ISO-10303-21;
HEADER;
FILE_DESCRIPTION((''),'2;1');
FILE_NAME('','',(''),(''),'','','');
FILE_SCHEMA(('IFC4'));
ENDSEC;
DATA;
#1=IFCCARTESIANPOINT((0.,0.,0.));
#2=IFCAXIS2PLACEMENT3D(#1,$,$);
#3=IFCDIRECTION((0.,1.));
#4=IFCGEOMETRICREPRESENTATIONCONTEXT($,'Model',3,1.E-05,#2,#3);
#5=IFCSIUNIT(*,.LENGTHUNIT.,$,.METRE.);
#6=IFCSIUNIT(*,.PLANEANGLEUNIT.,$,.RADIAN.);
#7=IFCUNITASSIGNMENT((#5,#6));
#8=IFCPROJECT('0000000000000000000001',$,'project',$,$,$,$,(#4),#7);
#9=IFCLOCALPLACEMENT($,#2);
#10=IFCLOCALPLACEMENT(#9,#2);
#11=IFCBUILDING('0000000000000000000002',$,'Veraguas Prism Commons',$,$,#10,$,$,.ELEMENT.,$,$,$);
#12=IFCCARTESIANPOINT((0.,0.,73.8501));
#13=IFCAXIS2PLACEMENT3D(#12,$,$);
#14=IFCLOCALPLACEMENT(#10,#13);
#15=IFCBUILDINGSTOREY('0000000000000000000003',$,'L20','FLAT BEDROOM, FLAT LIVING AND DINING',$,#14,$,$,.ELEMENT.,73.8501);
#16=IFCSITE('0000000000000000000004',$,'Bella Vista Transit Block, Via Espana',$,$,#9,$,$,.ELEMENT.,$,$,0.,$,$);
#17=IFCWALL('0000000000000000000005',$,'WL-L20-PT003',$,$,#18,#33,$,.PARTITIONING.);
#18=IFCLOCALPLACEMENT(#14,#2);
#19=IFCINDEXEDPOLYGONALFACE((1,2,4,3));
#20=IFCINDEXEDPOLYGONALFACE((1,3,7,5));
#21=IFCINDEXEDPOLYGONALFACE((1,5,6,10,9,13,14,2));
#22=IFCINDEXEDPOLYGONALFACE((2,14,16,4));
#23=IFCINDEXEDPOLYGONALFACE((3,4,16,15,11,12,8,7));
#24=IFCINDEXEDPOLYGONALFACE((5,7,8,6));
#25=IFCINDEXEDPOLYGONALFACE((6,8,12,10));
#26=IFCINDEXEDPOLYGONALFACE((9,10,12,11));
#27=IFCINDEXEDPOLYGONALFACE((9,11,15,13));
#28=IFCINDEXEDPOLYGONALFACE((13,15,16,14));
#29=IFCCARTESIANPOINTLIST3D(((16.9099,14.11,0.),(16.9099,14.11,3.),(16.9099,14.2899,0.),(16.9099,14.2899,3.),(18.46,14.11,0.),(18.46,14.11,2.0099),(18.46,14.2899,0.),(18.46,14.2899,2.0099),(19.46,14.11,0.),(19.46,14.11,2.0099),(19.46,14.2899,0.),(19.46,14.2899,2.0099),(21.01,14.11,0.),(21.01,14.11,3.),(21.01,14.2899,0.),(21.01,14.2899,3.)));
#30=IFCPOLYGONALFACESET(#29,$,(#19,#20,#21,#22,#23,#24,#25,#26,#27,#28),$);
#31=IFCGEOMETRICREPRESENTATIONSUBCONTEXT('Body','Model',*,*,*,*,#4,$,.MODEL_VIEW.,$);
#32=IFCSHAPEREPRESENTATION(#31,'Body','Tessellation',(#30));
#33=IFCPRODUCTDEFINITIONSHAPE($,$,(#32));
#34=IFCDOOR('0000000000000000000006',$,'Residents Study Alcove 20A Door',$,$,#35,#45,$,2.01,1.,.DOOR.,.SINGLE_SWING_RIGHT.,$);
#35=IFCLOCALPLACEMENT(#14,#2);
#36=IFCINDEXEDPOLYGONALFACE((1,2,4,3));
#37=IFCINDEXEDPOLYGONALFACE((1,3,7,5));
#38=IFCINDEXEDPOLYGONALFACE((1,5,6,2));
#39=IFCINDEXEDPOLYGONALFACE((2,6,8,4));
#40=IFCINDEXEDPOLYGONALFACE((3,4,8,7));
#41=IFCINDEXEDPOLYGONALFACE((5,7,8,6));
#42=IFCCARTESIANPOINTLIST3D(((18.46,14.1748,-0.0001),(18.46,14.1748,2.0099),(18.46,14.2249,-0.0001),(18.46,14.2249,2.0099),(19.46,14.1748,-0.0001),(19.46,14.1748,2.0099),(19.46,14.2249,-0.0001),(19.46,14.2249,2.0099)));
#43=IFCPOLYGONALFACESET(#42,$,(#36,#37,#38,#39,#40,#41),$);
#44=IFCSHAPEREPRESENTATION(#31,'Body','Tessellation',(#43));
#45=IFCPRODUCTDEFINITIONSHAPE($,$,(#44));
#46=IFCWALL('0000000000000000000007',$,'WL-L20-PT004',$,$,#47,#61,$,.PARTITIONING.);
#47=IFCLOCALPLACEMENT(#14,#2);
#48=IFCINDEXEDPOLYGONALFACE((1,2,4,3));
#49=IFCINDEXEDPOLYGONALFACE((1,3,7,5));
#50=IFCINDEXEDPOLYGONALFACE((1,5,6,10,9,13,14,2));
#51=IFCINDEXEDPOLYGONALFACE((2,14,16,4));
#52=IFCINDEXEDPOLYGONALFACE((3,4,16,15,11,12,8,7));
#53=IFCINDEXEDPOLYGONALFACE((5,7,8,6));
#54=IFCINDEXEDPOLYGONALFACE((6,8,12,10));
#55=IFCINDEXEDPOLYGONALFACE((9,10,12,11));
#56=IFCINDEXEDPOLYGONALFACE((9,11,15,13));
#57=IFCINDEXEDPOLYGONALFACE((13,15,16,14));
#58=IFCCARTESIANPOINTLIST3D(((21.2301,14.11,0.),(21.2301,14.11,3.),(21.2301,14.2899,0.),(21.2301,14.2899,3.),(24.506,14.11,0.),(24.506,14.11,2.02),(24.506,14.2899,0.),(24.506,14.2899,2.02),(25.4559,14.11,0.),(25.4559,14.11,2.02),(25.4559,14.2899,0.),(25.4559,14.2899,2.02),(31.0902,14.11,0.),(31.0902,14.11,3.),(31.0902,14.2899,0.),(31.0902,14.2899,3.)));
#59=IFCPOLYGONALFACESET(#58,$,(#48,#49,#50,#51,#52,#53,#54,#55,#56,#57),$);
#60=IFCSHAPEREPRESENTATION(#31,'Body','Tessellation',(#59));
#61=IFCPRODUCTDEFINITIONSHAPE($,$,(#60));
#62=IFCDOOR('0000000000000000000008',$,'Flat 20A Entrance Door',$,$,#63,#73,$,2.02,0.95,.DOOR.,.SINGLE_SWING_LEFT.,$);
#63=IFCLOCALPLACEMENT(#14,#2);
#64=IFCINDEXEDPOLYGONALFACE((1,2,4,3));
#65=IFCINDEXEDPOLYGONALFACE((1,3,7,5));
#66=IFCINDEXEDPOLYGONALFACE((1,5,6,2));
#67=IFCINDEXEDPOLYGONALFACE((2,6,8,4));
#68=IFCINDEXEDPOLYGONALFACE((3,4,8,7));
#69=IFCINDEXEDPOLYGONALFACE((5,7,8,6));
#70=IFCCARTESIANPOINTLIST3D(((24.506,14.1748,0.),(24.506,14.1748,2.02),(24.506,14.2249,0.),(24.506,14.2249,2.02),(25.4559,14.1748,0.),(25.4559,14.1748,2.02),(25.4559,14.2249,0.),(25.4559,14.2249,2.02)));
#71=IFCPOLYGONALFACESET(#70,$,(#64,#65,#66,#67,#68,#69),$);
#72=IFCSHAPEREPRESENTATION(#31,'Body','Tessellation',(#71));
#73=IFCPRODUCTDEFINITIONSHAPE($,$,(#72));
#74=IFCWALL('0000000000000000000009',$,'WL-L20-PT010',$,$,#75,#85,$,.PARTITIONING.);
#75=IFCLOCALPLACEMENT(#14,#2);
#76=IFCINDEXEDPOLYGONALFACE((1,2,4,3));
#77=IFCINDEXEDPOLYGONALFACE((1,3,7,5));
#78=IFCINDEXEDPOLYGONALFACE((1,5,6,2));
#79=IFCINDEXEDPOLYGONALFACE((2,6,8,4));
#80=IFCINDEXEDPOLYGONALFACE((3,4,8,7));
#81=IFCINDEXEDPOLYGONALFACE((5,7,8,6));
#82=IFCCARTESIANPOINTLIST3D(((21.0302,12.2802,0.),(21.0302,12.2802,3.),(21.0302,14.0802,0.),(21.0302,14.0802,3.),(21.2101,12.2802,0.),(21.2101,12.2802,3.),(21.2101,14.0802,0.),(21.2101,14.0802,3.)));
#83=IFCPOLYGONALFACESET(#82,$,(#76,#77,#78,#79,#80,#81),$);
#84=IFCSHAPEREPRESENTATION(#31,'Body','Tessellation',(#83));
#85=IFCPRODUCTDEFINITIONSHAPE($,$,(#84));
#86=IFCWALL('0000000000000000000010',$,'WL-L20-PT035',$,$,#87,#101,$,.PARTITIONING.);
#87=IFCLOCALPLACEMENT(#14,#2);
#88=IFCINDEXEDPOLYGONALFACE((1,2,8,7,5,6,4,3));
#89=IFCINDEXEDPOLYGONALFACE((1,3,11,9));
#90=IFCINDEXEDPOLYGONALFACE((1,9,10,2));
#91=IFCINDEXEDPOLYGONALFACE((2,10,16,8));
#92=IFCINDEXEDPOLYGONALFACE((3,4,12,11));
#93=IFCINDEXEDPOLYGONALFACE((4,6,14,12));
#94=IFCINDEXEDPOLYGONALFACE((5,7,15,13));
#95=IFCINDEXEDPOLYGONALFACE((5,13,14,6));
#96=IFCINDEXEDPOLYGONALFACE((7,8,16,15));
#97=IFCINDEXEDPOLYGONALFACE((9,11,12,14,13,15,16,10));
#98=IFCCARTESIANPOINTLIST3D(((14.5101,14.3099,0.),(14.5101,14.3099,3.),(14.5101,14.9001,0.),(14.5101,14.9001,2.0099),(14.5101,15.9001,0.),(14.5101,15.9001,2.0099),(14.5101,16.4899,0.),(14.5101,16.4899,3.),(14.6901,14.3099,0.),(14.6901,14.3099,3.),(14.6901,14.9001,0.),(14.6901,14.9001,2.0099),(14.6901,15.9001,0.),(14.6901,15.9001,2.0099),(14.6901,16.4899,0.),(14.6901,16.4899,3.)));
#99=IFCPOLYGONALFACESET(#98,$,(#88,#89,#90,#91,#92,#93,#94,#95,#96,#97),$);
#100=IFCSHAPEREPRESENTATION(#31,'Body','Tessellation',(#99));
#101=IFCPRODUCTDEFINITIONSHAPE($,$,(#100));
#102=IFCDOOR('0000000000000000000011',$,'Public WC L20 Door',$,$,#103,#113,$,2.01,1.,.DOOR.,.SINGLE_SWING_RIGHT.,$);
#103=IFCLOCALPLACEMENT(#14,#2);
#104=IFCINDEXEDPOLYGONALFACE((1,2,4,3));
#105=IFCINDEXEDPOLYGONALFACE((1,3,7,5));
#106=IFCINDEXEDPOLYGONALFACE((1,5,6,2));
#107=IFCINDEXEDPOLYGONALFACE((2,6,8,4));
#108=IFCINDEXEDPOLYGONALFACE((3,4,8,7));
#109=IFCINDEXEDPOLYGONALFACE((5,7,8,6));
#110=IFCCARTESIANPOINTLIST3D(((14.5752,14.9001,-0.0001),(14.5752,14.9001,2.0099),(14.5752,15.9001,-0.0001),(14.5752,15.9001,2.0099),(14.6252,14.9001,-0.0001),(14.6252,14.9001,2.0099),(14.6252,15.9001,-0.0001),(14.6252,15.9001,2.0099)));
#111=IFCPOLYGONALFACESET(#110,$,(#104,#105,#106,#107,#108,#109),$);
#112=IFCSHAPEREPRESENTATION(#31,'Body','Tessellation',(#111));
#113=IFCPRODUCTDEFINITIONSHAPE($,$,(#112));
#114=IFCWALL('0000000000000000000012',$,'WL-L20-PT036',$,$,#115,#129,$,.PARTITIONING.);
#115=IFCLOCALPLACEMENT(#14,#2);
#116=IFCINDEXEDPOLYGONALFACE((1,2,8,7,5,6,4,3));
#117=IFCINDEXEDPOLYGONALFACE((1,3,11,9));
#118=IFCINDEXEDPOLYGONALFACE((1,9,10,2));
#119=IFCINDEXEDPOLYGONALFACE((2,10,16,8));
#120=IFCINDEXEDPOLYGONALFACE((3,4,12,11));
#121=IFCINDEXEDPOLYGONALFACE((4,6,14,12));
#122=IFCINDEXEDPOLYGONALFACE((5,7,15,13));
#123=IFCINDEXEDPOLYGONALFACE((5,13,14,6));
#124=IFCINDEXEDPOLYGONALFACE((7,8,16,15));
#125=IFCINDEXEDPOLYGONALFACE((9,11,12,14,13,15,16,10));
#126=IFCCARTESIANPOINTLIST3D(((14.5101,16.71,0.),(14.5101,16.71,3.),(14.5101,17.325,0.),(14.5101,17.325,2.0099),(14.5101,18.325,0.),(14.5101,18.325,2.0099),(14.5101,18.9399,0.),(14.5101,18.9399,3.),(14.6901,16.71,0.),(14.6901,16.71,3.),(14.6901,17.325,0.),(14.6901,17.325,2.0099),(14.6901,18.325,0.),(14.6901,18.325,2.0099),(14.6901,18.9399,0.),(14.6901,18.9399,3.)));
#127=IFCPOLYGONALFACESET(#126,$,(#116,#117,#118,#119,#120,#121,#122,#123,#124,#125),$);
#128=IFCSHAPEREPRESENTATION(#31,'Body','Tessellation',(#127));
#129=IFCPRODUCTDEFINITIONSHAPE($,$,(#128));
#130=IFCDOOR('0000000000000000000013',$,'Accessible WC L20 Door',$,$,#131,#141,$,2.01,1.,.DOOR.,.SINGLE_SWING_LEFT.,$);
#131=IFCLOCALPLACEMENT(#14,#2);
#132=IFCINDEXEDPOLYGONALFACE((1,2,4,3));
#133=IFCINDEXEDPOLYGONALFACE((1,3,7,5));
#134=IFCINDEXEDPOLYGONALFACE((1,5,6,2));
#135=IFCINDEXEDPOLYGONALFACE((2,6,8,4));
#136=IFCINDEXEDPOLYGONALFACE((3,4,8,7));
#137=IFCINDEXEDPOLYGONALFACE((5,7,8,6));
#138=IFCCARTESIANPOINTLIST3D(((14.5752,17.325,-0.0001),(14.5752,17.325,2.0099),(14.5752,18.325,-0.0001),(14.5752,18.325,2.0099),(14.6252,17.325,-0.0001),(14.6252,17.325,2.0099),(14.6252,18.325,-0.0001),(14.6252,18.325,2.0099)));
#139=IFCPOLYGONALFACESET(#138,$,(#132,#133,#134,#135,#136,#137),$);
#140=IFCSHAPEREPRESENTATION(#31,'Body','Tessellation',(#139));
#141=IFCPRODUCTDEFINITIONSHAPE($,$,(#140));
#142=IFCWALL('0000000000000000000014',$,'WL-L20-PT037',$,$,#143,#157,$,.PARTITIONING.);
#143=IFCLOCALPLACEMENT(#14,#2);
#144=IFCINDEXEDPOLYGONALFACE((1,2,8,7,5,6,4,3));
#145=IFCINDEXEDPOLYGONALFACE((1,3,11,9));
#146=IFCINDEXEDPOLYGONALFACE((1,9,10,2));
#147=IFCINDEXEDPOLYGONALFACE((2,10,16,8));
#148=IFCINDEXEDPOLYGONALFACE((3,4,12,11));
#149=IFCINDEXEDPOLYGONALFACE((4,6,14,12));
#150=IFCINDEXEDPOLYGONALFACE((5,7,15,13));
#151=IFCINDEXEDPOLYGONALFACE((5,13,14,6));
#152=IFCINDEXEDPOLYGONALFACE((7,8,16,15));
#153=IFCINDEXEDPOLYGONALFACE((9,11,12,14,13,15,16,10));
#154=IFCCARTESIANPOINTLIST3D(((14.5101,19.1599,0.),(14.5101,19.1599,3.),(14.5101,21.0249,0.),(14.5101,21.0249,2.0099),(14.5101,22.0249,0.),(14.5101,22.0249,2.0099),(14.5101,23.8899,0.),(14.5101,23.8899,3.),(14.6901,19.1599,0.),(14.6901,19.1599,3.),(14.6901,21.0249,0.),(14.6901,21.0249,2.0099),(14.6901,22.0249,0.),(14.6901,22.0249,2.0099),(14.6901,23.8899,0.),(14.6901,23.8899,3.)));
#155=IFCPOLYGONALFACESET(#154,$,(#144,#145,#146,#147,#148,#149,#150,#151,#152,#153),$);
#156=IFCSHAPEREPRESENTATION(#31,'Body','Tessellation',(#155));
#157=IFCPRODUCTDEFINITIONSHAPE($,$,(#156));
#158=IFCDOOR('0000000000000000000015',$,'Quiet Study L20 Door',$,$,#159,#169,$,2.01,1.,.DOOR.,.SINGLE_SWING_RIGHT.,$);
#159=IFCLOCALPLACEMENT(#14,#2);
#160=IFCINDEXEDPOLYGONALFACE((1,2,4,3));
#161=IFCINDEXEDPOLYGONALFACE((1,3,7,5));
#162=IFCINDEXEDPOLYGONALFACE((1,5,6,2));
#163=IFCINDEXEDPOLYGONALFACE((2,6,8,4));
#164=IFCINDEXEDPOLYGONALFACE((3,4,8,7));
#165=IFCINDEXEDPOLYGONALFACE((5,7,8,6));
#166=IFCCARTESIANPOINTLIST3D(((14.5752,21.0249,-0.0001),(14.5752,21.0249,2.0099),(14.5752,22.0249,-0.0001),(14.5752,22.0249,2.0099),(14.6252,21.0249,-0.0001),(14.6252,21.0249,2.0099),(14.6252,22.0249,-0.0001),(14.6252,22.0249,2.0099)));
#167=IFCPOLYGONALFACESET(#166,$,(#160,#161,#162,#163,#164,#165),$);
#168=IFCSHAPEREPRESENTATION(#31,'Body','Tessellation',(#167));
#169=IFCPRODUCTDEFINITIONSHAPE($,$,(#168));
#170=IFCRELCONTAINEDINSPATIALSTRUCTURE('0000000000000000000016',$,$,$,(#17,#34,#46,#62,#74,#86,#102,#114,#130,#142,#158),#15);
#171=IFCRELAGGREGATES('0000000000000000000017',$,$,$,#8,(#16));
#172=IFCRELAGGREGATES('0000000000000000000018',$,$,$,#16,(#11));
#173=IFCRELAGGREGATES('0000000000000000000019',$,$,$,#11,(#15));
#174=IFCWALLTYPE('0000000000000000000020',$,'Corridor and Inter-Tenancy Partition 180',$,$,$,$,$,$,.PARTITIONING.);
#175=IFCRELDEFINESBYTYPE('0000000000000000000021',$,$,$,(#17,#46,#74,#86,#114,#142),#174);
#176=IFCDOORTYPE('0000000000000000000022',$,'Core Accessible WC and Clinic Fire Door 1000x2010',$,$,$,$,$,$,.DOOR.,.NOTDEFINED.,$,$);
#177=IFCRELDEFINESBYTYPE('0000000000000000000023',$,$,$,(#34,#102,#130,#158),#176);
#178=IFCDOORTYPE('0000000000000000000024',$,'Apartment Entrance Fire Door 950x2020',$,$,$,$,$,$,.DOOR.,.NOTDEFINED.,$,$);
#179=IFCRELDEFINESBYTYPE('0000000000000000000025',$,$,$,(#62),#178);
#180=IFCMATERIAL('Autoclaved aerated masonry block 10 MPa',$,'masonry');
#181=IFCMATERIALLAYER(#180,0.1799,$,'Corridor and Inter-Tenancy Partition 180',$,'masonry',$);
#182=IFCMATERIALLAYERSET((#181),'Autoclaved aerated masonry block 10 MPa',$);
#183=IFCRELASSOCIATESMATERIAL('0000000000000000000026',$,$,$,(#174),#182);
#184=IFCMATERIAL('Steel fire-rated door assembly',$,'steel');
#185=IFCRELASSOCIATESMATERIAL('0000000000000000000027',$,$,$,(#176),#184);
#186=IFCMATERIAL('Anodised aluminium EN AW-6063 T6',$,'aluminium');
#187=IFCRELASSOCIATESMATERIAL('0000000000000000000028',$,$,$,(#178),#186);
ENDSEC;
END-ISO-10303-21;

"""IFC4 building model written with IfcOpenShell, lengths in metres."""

from ifc_helpers import new_model, si_unit, direction, frame, frame_2d, origin, place, context, subcontext, project, spatial, rectangle, extrude, source, transform, mapped, material, layer, layer_set, type_object, element, fill, save


model = new_model("IFC4")

# Units and contexts
model_context = context("Model", 3, precision=1e-05, world=origin(), true_north=direction((0.0, 1.0)))
body_context = subcontext(model_context, "Body", "Model", "MODEL_VIEW")
ifc_project = project(units=[si_unit("LENGTHUNIT", "METRE"), si_unit("PLANEANGLEUNIT", "RADIAN")], contexts=[model_context])

# Site, building, storey
site_placement = place(None, origin())
site = spatial("IfcSite", under=ifc_project, at=site_placement, Name="Bella Vista Transit Block, Via Espana", CompositionType="ELEMENT", RefElevation=0.0)
building_placement = place(site_placement, origin())
building = spatial("IfcBuilding", under=site, at=building_placement, Name="Veraguas Prism Commons", CompositionType="ELEMENT")
storey_placement = place(building_placement, frame((0.0, 0.0, 73.8501)))
storey = spatial("IfcBuildingStorey", under=building, at=storey_placement, Name="L20", Description="FLAT BEDROOM, FLAT LIVING AND DINING", CompositionType="ELEMENT", Elevation=73.8501)

# Shared definitions
ifc_material_1 = material(Name="Steel fire-rated door assembly", Category="steel")

# Walls, openings, doors
ifc_material_2 = material(Name="Autoclaved aerated masonry block 10 MPa", Category="masonry")
ifc_layer_1 = layer(ifc_material_2, 0.1799, Name="Corridor and Inter-Tenancy Partition 180", Category="masonry")
ifc_layer_set_1 = layer_set([ifc_layer_1], Name="Autoclaved aerated masonry block 10 MPa")
wall_type_1 = type_object("IfcWallType", Name="Corridor and Inter-Tenancy Partition 180", PredefinedType="PARTITIONING", material=ifc_layer_set_1)
wall_1_placement = place(storey_placement, frame((16.9099, 14.2, 0.0), z_axis=(0.0, 0.0, 1.0), x_axis=(1.0, 0.0, 0.0)))
wall_1 = element("IfcWall", 1, at=wall_1_placement, inside=storey, type_object=wall_type_1, Name="WL-L20-PT003", PredefinedType="PARTITIONING", context=body_context, shape_type="SweptSolid", body=[
    extrude(rectangle(XDim=4.1001, YDim=0.1799, at=frame_2d((2.05, 0.0))), origin(), (0.0, 0.0, 1.0), 3.0),
])
opening_1_placement = place(wall_1_placement, frame((1.55, 0.0, 0.0)))
opening_1 = element("IfcOpeningElement", 2, at=opening_1_placement, cuts=wall_1, PredefinedType="OPENING", context=body_context, shape_type="SweptSolid", body=[
    extrude(rectangle(XDim=1.0, YDim=2.01, at=frame_2d((0.5, 1.0049))), frame((0.0, 0.0999, 0.0), z_axis=(0.0, -1.0, 0.0), x_axis=(1.0, 0.0, 0.0)), (0.0, 0.0, 1.0), 0.2),
])
door_type_1 = type_object("IfcDoorType", Name="Core Accessible WC and Clinic Fire Door 1000x2010", OperationType="NOTDEFINED", PredefinedType="DOOR", material=ifc_material_1)
shared_shape_1 = source(origin(), body_context, "Body", "SweptSolid", [
    extrude(rectangle(XDim=1.0, YDim=2.01, at=frame_2d((0.5, 1.0049))), frame((0.0, 0.0249, 0.0), z_axis=(0.0, -1.0, 0.0), x_axis=(1.0, 0.0, 0.0)), (0.0, 0.0, 1.0), 0.05),
])
door_1_placement = place(opening_1_placement, origin())
door_1 = element("IfcDoor", 3, at=door_1_placement, inside=storey, type_object=door_type_1, Name="Residents Study Alcove 20A Door", OperationType="SINGLE_SWING_RIGHT", OverallHeight=2.01, OverallWidth=1.0, PredefinedType="DOOR", context=body_context, shape_type="MappedRepresentation", body=[
    mapped(shared_shape_1, transform((0.0, 0.0, 0.0), scale=1.0)),
])
fill(opening_1, door_1)
wall_2_placement = place(storey_placement, frame((21.23, 14.2, 0.0), z_axis=(0.0, 0.0, 1.0), x_axis=(1.0, 0.0, 0.0)))
wall_2 = element("IfcWall", 4, at=wall_2_placement, inside=storey, type_object=wall_type_1, Name="WL-L20-PT004", PredefinedType="PARTITIONING", context=body_context, shape_type="SweptSolid", body=[
    extrude(rectangle(XDim=9.8601, YDim=0.1799, at=frame_2d((4.9302, 0.0))), origin(), (0.0, 0.0, 1.0), 3.0),
])
opening_2_placement = place(wall_2_placement, frame((3.2759, 0.0, 0.0)))
opening_2 = element("IfcOpeningElement", 5, at=opening_2_placement, cuts=wall_2, PredefinedType="OPENING", context=body_context, shape_type="SweptSolid", body=[
    extrude(rectangle(XDim=0.95, YDim=2.02, at=frame_2d((0.4751, 1.01))), frame((0.0, 0.0999, 0.0), z_axis=(0.0, -1.0, 0.0), x_axis=(1.0, 0.0, 0.0)), (0.0, 0.0, 1.0), 0.2),
])
ifc_material_3 = material(Name="Anodised aluminium EN AW-6063 T6", Category="aluminium")
door_type_2 = type_object("IfcDoorType", Name="Apartment Entrance Fire Door 950x2020", OperationType="NOTDEFINED", PredefinedType="DOOR", material=ifc_material_3)
shared_shape_2 = source(origin(), body_context, "Body", "SweptSolid", [
    extrude(rectangle(XDim=0.95, YDim=2.02, at=frame_2d((0.4751, 1.01))), frame((0.0, 0.0249, 0.0), z_axis=(0.0, -1.0, 0.0), x_axis=(1.0, 0.0, 0.0)), (0.0, 0.0, 1.0), 0.05),
])
door_2_placement = place(opening_2_placement, origin())
door_2 = element("IfcDoor", 6, at=door_2_placement, inside=storey, type_object=door_type_2, Name="Flat 20A Entrance Door", OperationType="SINGLE_SWING_LEFT", OverallHeight=2.02, OverallWidth=0.95, PredefinedType="DOOR", context=body_context, shape_type="MappedRepresentation", body=[
    mapped(shared_shape_2, transform((0.0, 0.0, 0.0), scale=1.0)),
])
fill(opening_2, door_2)

# Wall
wall_3_placement = place(storey_placement, frame((21.1201, 14.0801, 0.0), z_axis=(0.0, 0.0, 1.0), x_axis=(0.0, -1.0, 0.0)))
element("IfcWall", 7, at=wall_3_placement, inside=storey, type_object=wall_type_1, Name="WL-L20-PT010", PredefinedType="PARTITIONING", context=body_context, shape_type="SweptSolid", body=[
    extrude(rectangle(XDim=1.8, YDim=0.1799, at=frame_2d((0.8999, 0.0))), origin(), (0.0, 0.0, 1.0), 3.0),
])

# Walls, openings, doors
wall_4_placement = place(storey_placement, frame((14.6001, 14.3101, 0.0), z_axis=(0.0, 0.0, 1.0), x_axis=(0.0, 1.0, 0.0)))
wall_4 = element("IfcWall", 8, at=wall_4_placement, inside=storey, type_object=wall_type_1, Name="WL-L20-PT035", PredefinedType="PARTITIONING", context=body_context, shape_type="SweptSolid", body=[
    extrude(rectangle(XDim=2.1799, YDim=0.1799, at=frame_2d((1.0898, 0.0))), origin(), (0.0, 0.0, 1.0), 3.0),
])
opening_3_placement = place(wall_4_placement, frame((0.5901, 0.0, 0.0)))
opening_3 = element("IfcOpeningElement", 9, at=opening_3_placement, cuts=wall_4, PredefinedType="OPENING", context=body_context, shape_type="SweptSolid", body=[
    extrude(rectangle(XDim=1.0, YDim=2.01, at=frame_2d((0.5, 1.0049))), frame((0.0, 0.0999, 0.0), z_axis=(0.0, -1.0, 0.0), x_axis=(1.0, 0.0, 0.0)), (0.0, 0.0, 1.0), 0.2),
])
door_3_placement = place(opening_3_placement, origin())
door_3 = element("IfcDoor", 10, at=door_3_placement, inside=storey, type_object=door_type_1, Name="Public WC L20 Door", OperationType="SINGLE_SWING_RIGHT", OverallHeight=2.01, OverallWidth=1.0, PredefinedType="DOOR", context=body_context, shape_type="MappedRepresentation", body=[
    mapped(shared_shape_1, transform((0.0, 0.0, 0.0), scale=1.0)),
])
fill(opening_3, door_3)
wall_5_placement = place(storey_placement, frame((14.6001, 16.71, 0.0), z_axis=(0.0, 0.0, 1.0), x_axis=(0.0, 1.0, 0.0)))
wall_5 = element("IfcWall", 11, at=wall_5_placement, inside=storey, type_object=wall_type_1, Name="WL-L20-PT036", PredefinedType="PARTITIONING", context=body_context, shape_type="SweptSolid", body=[
    extrude(rectangle(XDim=2.23, YDim=0.1799, at=frame_2d((1.115, 0.0))), origin(), (0.0, 0.0, 1.0), 3.0),
])
opening_4_placement = place(wall_5_placement, frame((0.615, 0.0, 0.0)))
opening_4 = element("IfcOpeningElement", 12, at=opening_4_placement, cuts=wall_5, PredefinedType="OPENING", context=body_context, shape_type="SweptSolid", body=[
    extrude(rectangle(XDim=1.0, YDim=2.01, at=frame_2d((0.5, 1.0049))), frame((0.0, 0.0999, 0.0), z_axis=(0.0, -1.0, 0.0), x_axis=(1.0, 0.0, 0.0)), (0.0, 0.0, 1.0), 0.2),
])
door_4_placement = place(opening_4_placement, origin())
door_4 = element("IfcDoor", 13, at=door_4_placement, inside=storey, type_object=door_type_1, Name="Accessible WC L20 Door", OperationType="SINGLE_SWING_LEFT", OverallHeight=2.01, OverallWidth=1.0, PredefinedType="DOOR", context=body_context, shape_type="MappedRepresentation", body=[
    mapped(shared_shape_1, transform((0.0, 0.0, 0.0), scale=1.0)),
])
fill(opening_4, door_4)
wall_6_placement = place(storey_placement, frame((14.6001, 19.1599, 0.0), z_axis=(0.0, 0.0, 1.0), x_axis=(0.0, 1.0, 0.0)))
wall_6 = element("IfcWall", 14, at=wall_6_placement, inside=storey, type_object=wall_type_1, Name="WL-L20-PT037", PredefinedType="PARTITIONING", context=body_context, shape_type="SweptSolid", body=[
    extrude(rectangle(XDim=4.73, YDim=0.1799, at=frame_2d((2.365, 0.0))), origin(), (0.0, 0.0, 1.0), 3.0),
])
opening_5_placement = place(wall_6_placement, frame((1.865, 0.0, 0.0)))
opening_5 = element("IfcOpeningElement", 15, at=opening_5_placement, cuts=wall_6, PredefinedType="OPENING", context=body_context, shape_type="SweptSolid", body=[
    extrude(rectangle(XDim=1.0, YDim=2.01, at=frame_2d((0.5, 1.0049))), frame((0.0, 0.0999, 0.0), z_axis=(0.0, -1.0, 0.0), x_axis=(1.0, 0.0, 0.0)), (0.0, 0.0, 1.0), 0.2),
])
door_5_placement = place(opening_5_placement, origin())
door_5 = element("IfcDoor", 16, at=door_5_placement, inside=storey, type_object=door_type_1, Name="Quiet Study L20 Door", OperationType="SINGLE_SWING_RIGHT", OverallHeight=2.01, OverallWidth=1.0, PredefinedType="DOOR", context=body_context, shape_type="MappedRepresentation", body=[
    mapped(shared_shape_1, transform((0.0, 0.0, 0.0), scale=1.0)),
])
fill(opening_5, door_5)

save(model, "model.ifc")
